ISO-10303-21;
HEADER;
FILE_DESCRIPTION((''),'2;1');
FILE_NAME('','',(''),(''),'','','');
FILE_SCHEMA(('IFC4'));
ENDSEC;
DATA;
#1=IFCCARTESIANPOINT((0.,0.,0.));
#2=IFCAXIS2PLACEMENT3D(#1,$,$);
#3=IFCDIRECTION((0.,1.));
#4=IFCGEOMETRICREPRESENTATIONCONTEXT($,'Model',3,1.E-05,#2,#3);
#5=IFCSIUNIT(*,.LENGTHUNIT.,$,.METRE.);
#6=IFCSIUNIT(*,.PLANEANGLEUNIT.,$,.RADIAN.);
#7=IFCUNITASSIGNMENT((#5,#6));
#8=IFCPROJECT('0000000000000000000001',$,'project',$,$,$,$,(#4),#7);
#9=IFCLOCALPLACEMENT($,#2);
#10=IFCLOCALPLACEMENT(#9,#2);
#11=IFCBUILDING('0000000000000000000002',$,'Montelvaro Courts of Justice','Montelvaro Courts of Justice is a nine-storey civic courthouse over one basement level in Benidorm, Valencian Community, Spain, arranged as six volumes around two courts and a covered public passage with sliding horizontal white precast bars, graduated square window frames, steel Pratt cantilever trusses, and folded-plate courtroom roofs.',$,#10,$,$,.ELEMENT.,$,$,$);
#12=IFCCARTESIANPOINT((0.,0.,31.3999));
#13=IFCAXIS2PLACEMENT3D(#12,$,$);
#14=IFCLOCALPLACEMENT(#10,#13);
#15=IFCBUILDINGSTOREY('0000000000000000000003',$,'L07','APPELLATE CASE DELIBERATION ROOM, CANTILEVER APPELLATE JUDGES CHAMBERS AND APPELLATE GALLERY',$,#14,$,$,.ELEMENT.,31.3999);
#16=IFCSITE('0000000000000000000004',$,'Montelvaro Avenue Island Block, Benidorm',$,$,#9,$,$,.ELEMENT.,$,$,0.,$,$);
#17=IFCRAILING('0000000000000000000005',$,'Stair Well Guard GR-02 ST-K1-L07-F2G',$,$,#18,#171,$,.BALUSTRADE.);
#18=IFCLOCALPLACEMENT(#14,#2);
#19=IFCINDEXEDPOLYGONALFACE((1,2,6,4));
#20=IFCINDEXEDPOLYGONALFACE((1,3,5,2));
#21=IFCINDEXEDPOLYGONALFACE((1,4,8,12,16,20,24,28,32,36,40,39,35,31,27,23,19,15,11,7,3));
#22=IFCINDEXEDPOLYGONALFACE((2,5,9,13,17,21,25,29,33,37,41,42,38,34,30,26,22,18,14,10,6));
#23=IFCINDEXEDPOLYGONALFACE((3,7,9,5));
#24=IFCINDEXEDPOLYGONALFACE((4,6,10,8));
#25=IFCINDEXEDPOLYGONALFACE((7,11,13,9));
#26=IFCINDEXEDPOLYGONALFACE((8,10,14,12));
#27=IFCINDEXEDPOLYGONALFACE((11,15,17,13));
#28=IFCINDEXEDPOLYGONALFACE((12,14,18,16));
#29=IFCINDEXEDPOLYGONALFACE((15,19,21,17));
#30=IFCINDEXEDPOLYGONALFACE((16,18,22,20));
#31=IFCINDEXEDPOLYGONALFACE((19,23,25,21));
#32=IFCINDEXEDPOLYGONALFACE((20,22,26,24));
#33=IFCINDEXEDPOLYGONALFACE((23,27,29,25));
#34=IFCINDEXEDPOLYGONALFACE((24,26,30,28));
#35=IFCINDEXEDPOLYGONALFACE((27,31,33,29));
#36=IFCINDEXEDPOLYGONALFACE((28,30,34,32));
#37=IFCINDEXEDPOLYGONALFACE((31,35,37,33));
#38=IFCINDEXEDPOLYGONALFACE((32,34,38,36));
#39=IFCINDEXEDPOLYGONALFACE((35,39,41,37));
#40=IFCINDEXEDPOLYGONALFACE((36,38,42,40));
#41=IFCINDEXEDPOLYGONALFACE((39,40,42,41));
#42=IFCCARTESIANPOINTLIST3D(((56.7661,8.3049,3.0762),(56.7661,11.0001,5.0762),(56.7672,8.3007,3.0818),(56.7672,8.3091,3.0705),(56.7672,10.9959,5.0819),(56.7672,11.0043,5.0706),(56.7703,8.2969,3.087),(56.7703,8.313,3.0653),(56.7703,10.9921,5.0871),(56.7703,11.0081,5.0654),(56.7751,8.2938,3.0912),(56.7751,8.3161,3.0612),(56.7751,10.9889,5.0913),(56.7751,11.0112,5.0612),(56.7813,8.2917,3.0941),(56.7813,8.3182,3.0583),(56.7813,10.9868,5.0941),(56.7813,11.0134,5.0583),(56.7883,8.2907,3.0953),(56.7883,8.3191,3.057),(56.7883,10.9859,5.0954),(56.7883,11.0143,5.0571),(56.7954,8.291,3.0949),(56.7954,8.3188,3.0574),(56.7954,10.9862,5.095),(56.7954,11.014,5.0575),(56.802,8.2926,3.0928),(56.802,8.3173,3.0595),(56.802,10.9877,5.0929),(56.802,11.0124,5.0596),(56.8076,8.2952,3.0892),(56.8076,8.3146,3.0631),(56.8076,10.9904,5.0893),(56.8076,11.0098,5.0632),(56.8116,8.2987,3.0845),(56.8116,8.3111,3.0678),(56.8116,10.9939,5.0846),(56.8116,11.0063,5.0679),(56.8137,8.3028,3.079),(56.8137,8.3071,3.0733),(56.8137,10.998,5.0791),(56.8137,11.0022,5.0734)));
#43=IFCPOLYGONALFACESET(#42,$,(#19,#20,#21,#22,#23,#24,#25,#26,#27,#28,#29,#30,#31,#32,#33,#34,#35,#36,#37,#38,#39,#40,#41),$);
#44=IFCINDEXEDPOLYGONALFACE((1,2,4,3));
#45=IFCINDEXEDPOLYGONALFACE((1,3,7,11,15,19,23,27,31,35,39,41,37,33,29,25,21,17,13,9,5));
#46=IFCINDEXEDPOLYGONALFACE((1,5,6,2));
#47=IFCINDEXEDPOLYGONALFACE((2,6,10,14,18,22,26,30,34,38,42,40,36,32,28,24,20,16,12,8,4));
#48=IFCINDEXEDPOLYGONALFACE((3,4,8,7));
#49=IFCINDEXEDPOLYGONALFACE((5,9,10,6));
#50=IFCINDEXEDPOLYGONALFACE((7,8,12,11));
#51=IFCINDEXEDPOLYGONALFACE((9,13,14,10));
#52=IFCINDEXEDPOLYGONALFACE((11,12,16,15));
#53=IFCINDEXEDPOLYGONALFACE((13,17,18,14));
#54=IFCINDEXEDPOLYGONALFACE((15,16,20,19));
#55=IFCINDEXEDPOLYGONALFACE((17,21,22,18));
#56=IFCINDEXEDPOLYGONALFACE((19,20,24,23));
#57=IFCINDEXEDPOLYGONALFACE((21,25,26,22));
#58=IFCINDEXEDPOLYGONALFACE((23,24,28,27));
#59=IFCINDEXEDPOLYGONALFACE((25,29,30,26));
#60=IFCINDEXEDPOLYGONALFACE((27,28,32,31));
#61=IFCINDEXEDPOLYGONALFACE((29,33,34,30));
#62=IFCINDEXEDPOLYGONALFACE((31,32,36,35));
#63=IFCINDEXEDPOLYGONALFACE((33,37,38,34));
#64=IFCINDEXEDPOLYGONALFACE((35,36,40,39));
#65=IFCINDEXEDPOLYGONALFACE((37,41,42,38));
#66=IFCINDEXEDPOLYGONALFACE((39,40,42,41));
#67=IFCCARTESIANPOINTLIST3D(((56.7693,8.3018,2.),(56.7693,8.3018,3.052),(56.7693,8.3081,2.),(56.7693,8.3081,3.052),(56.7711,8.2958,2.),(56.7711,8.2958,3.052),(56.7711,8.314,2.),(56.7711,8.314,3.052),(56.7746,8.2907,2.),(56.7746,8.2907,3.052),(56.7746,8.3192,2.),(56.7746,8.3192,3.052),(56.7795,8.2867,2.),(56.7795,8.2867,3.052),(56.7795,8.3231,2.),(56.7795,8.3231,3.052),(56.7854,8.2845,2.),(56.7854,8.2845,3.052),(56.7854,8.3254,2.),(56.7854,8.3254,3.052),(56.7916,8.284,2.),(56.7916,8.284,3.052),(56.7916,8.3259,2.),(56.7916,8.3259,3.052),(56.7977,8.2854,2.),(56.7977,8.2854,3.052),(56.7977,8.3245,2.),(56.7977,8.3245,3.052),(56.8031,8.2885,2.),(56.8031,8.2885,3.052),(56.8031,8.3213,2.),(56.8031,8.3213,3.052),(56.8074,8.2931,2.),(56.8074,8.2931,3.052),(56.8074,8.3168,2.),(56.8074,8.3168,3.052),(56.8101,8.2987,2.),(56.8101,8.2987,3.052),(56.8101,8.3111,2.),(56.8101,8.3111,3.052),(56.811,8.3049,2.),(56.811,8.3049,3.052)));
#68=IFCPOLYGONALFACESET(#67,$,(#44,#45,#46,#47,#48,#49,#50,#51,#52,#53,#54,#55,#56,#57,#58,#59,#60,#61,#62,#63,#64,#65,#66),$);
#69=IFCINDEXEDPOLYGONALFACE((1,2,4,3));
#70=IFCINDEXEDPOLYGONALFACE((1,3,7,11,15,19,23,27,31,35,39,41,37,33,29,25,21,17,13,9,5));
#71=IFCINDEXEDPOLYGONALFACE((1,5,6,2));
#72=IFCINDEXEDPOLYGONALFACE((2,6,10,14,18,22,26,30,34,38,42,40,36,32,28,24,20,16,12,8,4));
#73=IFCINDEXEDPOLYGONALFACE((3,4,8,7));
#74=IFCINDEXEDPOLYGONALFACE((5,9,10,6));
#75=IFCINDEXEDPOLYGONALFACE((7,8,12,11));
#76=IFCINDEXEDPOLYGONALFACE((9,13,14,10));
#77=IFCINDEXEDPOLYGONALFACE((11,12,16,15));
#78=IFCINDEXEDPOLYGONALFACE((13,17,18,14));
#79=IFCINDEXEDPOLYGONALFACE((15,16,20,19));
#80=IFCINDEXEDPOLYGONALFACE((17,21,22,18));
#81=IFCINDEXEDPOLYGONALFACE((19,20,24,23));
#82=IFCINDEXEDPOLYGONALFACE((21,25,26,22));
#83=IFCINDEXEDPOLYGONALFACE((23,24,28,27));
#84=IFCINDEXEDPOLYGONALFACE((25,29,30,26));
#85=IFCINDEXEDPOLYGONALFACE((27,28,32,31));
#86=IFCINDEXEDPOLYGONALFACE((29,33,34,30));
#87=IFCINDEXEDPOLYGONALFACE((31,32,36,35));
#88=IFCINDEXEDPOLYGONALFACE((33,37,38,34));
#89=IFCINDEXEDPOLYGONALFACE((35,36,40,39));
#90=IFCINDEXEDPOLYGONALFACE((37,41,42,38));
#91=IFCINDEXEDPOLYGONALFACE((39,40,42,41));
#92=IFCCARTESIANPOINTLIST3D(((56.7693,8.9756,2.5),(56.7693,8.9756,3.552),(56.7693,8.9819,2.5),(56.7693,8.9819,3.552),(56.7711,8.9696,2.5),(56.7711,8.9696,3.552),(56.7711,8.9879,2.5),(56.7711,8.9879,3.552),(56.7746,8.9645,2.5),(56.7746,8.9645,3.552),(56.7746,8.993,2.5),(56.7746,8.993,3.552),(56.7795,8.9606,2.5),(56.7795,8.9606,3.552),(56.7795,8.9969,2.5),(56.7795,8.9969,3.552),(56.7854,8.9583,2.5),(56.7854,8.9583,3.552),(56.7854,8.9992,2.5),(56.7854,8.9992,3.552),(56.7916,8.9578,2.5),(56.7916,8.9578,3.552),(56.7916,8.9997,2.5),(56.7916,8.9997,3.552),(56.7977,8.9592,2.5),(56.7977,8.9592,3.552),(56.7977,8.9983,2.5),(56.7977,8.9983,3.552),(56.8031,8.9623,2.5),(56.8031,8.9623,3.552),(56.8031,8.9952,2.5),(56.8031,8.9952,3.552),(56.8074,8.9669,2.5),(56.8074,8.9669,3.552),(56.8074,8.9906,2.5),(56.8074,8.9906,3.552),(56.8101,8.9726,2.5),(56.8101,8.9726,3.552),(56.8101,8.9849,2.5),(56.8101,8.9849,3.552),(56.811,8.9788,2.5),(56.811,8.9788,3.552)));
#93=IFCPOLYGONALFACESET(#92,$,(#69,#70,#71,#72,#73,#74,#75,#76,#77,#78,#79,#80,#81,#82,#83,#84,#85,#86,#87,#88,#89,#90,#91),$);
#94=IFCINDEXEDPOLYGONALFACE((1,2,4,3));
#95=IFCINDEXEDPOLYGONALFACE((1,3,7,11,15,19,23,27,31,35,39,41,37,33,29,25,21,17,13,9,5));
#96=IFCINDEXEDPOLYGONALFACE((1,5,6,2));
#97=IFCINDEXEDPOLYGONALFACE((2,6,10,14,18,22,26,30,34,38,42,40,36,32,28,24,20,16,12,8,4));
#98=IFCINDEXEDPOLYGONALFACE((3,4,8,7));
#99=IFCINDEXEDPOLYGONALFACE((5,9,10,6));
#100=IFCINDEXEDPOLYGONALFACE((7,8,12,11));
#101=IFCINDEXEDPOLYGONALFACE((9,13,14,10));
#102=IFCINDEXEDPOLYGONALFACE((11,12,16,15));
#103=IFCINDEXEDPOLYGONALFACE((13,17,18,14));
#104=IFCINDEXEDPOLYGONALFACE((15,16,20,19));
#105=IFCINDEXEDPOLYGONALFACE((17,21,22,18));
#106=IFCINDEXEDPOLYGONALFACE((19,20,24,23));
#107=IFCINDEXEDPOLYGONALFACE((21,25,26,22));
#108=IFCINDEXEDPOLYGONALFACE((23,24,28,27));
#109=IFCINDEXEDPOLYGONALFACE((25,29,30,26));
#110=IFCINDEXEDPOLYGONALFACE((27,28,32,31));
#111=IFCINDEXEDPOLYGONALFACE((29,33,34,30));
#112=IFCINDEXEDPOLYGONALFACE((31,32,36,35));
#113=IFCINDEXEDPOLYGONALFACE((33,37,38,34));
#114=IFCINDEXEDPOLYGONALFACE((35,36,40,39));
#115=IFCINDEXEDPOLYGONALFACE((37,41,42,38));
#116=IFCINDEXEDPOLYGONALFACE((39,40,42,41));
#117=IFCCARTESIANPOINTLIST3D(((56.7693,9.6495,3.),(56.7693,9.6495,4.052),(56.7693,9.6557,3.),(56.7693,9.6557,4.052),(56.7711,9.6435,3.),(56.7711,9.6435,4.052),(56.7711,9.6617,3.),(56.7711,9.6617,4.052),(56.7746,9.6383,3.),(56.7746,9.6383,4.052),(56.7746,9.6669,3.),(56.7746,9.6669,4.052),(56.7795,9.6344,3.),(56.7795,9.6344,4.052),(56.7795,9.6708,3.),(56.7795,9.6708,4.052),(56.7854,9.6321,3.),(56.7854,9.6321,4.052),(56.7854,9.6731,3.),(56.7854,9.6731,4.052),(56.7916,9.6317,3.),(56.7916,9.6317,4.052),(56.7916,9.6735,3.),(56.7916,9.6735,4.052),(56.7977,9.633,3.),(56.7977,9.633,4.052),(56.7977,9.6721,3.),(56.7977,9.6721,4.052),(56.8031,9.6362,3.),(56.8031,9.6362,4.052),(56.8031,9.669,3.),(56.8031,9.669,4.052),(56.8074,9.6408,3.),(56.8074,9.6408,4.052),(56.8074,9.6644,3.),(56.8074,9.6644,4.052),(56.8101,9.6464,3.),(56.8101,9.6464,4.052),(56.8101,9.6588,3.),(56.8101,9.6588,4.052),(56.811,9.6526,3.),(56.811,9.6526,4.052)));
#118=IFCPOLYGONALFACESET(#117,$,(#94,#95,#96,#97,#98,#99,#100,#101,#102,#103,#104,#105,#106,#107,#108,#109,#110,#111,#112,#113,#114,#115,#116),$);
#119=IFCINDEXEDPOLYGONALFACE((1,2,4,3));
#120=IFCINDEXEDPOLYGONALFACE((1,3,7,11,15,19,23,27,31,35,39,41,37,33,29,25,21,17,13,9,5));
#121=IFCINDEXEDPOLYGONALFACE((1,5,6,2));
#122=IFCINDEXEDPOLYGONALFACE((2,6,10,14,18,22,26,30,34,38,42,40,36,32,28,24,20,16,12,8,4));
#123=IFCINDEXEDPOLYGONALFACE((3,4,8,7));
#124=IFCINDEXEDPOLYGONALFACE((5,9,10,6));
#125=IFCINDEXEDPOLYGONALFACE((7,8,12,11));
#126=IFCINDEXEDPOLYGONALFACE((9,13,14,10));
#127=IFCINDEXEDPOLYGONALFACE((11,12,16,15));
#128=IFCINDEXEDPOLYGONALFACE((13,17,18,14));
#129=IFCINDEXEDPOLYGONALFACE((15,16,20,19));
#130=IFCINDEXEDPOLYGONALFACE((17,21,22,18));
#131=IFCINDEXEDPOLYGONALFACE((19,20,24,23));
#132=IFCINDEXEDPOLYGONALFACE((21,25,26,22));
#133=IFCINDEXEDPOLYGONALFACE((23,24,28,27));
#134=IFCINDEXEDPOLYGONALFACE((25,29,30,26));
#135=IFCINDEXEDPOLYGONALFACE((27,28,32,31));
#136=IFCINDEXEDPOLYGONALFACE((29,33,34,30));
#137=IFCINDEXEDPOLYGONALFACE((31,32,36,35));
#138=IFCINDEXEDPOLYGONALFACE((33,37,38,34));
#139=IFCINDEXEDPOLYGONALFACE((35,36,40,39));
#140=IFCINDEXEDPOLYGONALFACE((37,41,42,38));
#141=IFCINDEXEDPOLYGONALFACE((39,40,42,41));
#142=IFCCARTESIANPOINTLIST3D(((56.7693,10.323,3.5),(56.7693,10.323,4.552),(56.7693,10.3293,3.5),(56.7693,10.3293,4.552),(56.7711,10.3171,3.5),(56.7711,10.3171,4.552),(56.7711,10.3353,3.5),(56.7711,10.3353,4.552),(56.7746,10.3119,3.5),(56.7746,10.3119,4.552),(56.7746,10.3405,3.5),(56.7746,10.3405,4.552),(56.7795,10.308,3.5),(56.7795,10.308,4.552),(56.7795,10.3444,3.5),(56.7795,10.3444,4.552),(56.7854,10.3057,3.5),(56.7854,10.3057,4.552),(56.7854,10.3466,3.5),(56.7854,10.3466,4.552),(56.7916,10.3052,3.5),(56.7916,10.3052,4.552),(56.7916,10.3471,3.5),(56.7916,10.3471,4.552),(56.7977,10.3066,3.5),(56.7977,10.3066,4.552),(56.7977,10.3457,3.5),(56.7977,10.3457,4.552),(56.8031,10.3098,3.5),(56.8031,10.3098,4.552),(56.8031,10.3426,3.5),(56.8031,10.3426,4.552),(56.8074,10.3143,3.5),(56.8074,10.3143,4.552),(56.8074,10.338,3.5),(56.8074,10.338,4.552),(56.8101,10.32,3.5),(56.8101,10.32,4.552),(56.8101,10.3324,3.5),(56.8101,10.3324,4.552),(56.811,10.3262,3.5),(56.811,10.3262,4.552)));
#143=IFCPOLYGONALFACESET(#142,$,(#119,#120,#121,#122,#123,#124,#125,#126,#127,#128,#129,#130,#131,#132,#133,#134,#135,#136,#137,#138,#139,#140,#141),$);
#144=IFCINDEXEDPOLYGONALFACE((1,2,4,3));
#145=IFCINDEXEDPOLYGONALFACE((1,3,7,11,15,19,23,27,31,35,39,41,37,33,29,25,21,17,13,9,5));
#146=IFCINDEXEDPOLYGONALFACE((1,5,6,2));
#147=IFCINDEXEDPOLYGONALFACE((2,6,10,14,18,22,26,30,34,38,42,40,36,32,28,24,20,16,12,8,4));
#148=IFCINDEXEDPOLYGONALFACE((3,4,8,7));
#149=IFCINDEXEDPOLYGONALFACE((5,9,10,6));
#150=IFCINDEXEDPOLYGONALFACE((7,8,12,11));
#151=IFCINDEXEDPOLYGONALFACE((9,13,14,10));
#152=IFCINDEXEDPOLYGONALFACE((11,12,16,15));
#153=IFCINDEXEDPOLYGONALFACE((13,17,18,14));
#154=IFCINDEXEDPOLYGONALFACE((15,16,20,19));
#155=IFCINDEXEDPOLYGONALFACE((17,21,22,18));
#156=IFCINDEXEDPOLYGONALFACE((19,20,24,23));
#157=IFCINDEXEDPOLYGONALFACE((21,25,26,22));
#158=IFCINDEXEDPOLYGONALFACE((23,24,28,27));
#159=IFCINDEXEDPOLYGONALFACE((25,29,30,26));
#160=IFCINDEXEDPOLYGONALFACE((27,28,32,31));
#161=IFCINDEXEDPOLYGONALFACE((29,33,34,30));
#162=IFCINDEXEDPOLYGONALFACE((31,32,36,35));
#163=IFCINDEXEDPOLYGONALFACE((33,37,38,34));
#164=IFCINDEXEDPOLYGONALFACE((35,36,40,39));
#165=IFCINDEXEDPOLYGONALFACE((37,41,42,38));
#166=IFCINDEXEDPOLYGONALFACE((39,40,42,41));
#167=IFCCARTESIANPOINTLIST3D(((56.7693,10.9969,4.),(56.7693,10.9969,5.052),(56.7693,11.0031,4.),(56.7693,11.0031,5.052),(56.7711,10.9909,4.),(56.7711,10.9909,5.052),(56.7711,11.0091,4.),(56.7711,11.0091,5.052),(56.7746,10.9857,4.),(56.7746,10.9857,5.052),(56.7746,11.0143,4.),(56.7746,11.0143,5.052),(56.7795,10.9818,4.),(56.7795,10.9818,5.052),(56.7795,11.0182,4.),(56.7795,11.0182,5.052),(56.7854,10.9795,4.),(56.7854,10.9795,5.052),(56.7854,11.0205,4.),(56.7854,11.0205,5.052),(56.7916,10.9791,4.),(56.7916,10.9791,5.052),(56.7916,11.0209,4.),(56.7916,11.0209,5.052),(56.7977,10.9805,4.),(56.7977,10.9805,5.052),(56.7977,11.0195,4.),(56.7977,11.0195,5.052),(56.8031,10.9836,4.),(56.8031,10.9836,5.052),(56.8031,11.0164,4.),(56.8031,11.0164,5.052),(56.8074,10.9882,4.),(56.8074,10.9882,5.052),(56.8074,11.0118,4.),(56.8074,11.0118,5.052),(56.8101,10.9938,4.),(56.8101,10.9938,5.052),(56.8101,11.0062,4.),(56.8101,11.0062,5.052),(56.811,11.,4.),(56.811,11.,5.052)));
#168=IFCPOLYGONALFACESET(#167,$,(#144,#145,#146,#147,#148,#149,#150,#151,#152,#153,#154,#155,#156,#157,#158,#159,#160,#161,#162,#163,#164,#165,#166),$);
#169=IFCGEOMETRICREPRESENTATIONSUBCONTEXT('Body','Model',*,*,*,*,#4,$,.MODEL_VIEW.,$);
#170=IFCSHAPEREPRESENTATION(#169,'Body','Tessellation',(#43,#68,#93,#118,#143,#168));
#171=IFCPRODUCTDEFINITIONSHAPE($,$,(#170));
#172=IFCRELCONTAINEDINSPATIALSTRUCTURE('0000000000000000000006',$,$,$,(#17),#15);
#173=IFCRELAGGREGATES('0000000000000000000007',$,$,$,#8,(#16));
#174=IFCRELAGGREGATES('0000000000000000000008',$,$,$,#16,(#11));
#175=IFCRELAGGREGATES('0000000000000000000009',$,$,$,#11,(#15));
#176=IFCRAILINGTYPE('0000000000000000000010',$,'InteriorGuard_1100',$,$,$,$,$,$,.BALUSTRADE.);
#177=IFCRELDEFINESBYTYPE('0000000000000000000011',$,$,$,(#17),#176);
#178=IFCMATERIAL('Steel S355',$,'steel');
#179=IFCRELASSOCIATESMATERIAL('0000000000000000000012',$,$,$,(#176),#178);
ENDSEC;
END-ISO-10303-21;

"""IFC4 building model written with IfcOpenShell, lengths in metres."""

from ifc_helpers import new_model, si_unit, direction, frame, origin, origin_2d, place, context, subcontext, project, spatial, circle, extrude, material, type_object, element, save


model = new_model("IFC4")

# Units and contexts
model_context = context("Model", 3, precision=1e-05, world=origin(), true_north=direction((0.0, 1.0)))
body_context = subcontext(model_context, "Body", "Model", "MODEL_VIEW")
ifc_project = project(units=[si_unit("LENGTHUNIT", "METRE"), si_unit("PLANEANGLEUNIT", "RADIAN")], contexts=[model_context])

# Site, building, storey
site_placement = place(None, origin())
site = spatial("IfcSite", under=ifc_project, at=site_placement, Name="Montelvaro Avenue Island Block, Benidorm", CompositionType="ELEMENT", RefElevation=0.0)
building_placement = place(site_placement, origin())
building = spatial("IfcBuilding", under=site, at=building_placement, Name="Montelvaro Courts of Justice", Description="Montelvaro Courts of Justice is a nine-storey civic courthouse over one basement level in Benidorm, Valencian Community, Spain, arranged as six volumes around two courts and a covered public passage with sliding horizontal white precast bars, graduated square window frames, steel Pratt cantilever trusses, and folded-plate courtroom roofs.", CompositionType="ELEMENT")
storey_placement = place(building_placement, frame((0.0, 0.0, 31.3999)))
storey = spatial("IfcBuildingStorey", under=building, at=storey_placement, Name="L07", Description="APPELLATE CASE DELIBERATION ROOM, CANTILEVER APPELLATE JUDGES CHAMBERS AND APPELLATE GALLERY", CompositionType="ELEMENT", Elevation=31.3999)

# Shared definitions
ifc_material_1 = material(Name="Steel S355", Category="steel")

# Railing
railing_type_1 = type_object("IfcRailingType", Name="InteriorGuard_1100", PredefinedType="BALUSTRADE", material=ifc_material_1)
railing_1_placement = place(storey_placement, frame((56.79, 8.3049, 2.0)))
element("IfcRailing", 1, at=railing_1_placement, inside=storey, type_object=railing_type_1, Name="Stair Well Guard GR-02 ST-K1-L07-F2G", PredefinedType="BALUSTRADE", context=body_context, shape_type="SweptSolid", body=[
    extrude(circle(Radius=0.0239, at=origin_2d()), frame((0.0, 0.0, 1.0762), z_axis=(0.0, 0.803036, 0.59593), x_axis=(-1.0, 0.0, 0.0)), (0.0, 0.0, 1.0), 3.3562),
    extrude(circle(Radius=0.021, at=origin_2d()), origin(), (0.0, 0.0, 1.0), 1.052),
    extrude(circle(Radius=0.021, at=origin_2d()), frame((0.0, 0.6738, 0.5)), (0.0, 0.0, 1.0), 1.052),
    extrude(circle(Radius=0.021, at=origin_2d()), frame((0.0, 1.3477, 1.0)), (0.0, 0.0, 1.0), 1.052),
    extrude(circle(Radius=0.021, at=origin_2d()), frame((0.0, 2.0212, 1.5)), (0.0, 0.0, 1.0), 1.052),
    extrude(circle(Radius=0.021, at=origin_2d()), frame((0.0, 2.6951, 2.0)), (0.0, 0.0, 1.0), 1.052),
])

save(model, "model.ifc")
